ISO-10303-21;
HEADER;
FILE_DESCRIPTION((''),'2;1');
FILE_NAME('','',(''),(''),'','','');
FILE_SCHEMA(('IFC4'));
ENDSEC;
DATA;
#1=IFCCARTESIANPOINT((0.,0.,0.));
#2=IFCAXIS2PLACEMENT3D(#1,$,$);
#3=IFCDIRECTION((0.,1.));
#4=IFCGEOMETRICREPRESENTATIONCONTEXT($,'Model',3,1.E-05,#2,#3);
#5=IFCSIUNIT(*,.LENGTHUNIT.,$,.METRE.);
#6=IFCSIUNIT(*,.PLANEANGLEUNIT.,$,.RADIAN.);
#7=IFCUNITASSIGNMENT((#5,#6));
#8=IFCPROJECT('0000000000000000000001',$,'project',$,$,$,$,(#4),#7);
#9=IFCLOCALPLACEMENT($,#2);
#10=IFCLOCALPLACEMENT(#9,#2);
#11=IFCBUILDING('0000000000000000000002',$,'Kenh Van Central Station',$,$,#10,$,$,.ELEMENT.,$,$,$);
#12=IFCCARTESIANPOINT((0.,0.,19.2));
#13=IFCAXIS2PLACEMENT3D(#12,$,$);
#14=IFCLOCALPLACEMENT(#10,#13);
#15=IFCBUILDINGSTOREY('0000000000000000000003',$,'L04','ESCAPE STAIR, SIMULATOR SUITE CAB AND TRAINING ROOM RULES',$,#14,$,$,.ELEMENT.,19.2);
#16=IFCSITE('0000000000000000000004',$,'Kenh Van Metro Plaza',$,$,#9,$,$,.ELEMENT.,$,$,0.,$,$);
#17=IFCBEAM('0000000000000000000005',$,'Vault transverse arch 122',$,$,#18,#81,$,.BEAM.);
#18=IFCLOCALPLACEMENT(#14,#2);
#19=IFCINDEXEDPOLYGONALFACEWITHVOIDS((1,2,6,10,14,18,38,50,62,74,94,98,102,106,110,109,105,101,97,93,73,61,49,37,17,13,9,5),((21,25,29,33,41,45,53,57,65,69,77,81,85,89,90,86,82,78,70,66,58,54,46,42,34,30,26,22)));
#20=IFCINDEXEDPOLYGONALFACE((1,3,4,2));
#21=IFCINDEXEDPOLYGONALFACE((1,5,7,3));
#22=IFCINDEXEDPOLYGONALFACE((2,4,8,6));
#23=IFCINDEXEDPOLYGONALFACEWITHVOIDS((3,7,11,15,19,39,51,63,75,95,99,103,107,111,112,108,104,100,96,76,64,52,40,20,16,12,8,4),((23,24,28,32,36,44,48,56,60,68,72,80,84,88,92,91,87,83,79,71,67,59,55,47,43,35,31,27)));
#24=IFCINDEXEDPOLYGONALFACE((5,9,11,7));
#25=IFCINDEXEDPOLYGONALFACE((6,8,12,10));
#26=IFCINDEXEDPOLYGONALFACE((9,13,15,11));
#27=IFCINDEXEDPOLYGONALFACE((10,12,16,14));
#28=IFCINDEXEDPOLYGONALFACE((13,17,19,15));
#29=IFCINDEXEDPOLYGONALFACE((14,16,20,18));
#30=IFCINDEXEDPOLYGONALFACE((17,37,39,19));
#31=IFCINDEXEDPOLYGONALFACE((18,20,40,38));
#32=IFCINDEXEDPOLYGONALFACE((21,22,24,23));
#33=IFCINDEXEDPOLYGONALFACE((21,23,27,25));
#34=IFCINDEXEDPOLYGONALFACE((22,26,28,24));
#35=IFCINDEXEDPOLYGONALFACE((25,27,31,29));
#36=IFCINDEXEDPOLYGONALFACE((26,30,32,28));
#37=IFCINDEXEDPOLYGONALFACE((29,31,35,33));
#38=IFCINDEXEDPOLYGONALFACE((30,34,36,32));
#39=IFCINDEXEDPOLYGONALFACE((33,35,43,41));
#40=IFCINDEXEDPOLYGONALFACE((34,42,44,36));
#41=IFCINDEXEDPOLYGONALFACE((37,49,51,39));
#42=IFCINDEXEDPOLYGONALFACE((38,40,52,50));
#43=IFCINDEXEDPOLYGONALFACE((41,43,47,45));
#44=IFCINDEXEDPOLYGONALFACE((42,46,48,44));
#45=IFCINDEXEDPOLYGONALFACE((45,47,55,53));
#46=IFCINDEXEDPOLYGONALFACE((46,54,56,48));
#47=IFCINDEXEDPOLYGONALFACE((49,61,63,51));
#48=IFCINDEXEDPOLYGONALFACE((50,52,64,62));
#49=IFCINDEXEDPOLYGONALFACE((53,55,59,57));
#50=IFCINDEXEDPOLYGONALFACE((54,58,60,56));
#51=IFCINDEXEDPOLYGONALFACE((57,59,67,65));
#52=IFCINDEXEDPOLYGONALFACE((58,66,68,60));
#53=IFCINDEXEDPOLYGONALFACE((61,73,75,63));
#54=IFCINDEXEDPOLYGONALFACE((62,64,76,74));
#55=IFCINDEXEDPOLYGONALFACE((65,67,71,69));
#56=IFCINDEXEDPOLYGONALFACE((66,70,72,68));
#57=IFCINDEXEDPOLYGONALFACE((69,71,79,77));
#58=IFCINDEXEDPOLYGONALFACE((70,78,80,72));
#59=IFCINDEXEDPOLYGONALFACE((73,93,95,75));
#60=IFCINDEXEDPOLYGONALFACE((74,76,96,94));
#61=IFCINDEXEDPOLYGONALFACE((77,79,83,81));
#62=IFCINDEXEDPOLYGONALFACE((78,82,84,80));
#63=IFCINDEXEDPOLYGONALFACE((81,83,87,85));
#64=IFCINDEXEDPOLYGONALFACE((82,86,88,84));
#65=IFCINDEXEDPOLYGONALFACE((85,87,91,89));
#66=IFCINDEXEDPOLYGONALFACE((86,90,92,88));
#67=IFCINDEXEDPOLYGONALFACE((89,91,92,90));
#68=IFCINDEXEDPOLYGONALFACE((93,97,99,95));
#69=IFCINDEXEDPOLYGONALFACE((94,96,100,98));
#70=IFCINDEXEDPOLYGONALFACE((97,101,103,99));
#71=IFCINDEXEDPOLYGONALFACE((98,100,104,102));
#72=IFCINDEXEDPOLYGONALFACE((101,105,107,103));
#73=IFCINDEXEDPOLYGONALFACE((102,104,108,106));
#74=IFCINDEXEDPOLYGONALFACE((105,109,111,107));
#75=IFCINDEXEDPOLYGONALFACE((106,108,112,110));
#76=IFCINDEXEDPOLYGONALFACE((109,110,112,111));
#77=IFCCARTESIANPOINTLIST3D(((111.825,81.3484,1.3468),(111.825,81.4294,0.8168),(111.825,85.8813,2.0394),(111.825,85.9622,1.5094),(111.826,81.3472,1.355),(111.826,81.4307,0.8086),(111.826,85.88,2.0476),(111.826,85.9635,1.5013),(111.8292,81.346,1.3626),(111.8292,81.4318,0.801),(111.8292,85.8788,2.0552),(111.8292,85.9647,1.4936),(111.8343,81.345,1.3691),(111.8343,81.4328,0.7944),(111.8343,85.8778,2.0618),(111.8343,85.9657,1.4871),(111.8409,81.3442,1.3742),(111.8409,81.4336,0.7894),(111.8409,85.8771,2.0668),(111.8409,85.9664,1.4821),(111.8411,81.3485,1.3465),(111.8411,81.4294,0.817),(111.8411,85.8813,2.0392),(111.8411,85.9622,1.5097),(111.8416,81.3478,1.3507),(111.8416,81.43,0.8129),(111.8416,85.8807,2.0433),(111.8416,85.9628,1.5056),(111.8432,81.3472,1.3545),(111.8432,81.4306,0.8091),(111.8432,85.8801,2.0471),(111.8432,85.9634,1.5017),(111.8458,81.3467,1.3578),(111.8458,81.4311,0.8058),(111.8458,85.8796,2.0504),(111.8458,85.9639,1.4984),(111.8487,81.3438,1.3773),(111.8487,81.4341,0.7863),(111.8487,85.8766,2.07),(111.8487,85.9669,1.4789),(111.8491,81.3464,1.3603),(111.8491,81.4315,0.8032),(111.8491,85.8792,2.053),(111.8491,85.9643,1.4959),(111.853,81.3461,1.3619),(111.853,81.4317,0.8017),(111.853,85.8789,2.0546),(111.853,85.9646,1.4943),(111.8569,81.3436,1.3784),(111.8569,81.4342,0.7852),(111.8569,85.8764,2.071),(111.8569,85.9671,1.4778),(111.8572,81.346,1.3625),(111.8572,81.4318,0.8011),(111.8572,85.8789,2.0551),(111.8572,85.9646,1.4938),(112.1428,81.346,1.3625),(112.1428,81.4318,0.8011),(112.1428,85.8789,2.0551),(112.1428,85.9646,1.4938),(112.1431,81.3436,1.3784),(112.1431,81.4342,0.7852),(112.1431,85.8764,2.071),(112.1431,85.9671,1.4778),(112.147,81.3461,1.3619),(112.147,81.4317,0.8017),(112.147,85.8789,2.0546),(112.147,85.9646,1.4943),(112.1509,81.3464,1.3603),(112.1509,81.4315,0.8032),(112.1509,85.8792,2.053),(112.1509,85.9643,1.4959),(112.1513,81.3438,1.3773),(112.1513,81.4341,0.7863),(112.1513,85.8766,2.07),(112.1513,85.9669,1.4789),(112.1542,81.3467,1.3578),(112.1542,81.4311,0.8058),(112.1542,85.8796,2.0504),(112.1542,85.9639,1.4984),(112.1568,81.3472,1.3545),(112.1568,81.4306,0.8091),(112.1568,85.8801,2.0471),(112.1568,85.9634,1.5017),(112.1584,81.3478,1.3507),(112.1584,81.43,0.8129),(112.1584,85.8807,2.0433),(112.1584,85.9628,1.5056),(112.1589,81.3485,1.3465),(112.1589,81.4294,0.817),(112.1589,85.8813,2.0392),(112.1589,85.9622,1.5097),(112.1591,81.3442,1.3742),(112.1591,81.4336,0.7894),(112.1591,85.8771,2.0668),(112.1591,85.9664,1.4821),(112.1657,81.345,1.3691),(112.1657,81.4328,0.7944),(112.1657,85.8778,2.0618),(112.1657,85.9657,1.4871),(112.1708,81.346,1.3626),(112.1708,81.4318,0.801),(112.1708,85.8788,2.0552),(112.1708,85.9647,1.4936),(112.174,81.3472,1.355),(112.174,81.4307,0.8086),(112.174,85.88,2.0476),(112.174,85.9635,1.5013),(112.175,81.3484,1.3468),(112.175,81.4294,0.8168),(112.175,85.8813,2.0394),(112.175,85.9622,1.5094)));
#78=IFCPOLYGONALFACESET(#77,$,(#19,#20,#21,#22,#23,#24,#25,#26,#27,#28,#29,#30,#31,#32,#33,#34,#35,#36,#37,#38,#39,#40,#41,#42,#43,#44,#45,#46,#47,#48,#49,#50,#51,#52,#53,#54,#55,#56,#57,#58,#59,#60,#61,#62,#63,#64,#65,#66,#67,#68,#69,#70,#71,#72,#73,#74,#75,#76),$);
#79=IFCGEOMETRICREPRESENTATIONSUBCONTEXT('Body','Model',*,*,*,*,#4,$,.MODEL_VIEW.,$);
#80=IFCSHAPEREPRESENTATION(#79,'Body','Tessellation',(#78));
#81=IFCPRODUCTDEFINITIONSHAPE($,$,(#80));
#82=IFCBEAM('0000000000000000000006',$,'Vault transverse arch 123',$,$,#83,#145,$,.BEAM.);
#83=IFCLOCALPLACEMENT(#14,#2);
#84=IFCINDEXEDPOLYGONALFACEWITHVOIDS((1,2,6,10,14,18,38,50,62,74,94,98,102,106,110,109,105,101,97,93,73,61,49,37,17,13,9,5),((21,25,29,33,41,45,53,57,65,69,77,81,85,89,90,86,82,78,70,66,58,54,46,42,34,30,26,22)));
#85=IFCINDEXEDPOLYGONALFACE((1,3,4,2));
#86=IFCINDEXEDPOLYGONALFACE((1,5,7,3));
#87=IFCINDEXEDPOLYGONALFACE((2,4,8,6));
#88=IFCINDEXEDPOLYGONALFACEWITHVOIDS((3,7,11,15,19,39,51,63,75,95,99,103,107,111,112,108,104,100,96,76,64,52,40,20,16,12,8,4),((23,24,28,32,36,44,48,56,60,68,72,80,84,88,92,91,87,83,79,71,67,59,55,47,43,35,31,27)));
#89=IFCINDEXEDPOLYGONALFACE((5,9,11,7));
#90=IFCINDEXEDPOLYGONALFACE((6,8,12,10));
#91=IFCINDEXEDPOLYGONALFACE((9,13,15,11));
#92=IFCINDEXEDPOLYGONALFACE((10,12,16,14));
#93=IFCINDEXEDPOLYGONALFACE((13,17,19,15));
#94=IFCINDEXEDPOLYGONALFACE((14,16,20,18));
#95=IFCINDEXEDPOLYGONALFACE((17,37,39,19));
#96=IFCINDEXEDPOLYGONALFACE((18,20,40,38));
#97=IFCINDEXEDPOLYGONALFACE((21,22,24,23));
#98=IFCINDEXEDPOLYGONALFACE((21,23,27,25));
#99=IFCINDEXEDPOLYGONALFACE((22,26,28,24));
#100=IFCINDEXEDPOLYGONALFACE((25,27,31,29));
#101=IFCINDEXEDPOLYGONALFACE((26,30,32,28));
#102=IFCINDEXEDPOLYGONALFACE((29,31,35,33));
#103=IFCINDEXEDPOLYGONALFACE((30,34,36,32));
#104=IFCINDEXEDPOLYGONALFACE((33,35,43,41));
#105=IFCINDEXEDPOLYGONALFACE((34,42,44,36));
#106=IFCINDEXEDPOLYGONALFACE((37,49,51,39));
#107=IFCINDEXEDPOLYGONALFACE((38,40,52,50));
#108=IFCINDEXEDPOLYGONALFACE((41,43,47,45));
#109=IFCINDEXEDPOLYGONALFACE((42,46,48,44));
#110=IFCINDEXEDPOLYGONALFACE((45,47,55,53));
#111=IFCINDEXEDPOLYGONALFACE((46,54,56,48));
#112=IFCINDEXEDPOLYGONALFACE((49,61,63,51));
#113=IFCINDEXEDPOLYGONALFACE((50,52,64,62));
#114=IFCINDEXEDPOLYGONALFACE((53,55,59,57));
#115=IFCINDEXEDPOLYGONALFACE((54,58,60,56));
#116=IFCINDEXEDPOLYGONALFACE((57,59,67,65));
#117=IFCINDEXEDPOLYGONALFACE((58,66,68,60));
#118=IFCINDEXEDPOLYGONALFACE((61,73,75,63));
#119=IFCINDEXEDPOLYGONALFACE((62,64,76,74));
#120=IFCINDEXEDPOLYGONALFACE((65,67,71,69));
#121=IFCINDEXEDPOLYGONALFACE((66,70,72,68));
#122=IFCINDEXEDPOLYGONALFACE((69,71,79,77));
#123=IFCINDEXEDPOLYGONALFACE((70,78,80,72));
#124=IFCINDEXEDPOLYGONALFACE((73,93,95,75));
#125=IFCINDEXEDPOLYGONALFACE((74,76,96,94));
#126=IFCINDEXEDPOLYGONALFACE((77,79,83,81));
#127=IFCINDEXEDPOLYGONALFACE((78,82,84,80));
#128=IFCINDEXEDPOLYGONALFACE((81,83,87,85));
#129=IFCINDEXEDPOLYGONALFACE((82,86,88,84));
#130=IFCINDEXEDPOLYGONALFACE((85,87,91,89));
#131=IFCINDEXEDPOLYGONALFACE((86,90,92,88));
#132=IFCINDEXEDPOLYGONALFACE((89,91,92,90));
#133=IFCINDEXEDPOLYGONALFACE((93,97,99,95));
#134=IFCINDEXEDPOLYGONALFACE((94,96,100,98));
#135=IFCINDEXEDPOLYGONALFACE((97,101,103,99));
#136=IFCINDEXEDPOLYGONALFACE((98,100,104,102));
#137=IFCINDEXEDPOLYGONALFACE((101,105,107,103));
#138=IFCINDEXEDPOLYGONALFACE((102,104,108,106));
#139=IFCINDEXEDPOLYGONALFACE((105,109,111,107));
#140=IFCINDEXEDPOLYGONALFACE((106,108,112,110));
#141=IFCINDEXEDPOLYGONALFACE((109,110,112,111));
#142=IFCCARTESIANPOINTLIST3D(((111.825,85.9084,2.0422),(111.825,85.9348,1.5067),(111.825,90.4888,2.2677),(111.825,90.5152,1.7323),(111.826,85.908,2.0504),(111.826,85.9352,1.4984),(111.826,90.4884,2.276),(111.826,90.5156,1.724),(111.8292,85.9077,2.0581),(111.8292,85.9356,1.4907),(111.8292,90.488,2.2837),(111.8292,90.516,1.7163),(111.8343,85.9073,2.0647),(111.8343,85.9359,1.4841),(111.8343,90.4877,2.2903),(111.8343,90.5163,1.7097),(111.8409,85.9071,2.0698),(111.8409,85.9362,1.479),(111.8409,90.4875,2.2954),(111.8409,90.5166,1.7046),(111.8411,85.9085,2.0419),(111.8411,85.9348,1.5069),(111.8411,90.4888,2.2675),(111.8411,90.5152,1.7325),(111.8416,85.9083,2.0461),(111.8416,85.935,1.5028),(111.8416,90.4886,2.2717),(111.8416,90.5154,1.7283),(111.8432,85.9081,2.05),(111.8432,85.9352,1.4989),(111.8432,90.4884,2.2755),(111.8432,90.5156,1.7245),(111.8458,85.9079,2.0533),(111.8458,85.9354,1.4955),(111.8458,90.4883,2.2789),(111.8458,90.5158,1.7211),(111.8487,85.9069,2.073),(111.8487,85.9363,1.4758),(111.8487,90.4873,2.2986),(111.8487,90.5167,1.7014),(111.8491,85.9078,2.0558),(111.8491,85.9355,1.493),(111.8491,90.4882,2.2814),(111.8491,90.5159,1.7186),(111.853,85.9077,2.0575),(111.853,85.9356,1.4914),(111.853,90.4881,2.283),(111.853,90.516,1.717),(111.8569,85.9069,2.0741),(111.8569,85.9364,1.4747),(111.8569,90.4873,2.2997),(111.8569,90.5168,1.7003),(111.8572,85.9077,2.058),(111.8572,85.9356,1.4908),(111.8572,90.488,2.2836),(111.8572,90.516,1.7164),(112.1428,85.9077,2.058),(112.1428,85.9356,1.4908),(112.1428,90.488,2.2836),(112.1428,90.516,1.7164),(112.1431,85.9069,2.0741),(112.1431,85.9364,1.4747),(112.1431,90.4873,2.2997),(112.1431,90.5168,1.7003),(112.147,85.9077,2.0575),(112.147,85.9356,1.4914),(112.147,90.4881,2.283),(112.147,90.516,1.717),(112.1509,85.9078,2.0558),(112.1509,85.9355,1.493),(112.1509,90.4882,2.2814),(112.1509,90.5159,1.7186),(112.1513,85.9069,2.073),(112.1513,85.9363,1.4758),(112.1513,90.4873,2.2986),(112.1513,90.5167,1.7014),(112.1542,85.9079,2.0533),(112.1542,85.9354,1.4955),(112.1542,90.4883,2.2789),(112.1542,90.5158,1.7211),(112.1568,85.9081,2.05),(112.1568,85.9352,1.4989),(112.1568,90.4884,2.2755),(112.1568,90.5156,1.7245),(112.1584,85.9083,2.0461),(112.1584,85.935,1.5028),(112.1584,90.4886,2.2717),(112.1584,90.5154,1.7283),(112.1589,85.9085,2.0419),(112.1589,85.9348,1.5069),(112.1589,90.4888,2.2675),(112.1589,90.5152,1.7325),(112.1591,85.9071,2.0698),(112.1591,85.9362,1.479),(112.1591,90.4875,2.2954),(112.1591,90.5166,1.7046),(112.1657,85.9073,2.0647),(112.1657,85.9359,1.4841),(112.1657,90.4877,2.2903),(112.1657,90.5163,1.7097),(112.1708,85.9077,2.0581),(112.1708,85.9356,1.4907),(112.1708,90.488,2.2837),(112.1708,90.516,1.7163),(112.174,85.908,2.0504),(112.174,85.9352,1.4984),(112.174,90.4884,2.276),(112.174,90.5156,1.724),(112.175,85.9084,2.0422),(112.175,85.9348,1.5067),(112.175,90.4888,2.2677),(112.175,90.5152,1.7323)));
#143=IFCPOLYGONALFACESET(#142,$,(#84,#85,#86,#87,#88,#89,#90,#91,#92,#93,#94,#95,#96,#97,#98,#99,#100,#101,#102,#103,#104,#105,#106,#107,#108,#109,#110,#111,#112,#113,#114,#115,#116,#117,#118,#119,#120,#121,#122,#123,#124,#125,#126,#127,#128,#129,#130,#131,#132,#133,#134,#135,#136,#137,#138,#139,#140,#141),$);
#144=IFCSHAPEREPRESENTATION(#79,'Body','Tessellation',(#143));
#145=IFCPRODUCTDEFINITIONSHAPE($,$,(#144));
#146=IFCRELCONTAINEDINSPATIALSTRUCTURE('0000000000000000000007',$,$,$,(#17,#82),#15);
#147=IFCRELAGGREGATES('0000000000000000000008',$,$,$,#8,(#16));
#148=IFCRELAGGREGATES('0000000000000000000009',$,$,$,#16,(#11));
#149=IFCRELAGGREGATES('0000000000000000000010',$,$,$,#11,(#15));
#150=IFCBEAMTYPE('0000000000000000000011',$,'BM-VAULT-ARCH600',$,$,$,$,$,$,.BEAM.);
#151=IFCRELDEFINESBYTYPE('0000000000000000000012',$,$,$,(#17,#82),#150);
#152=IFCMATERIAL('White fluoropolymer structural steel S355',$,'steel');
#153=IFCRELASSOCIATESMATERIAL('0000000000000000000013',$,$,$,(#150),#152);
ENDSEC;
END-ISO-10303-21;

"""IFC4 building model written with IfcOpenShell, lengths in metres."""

from ifc_helpers import new_model, si_unit, direction, frame, origin, origin_2d, place, context, subcontext, project, spatial, hollow_rectangle, extrude, material, material_profile, profile_set, type_object, element, save


model = new_model("IFC4")

# Units and contexts
model_context = context("Model", 3, precision=1e-05, world=origin(), true_north=direction((0.0, 1.0)))
body_context = subcontext(model_context, "Body", "Model", "MODEL_VIEW")
ifc_project = project(units=[si_unit("LENGTHUNIT", "METRE"), si_unit("PLANEANGLEUNIT", "RADIAN")], contexts=[model_context])

# Site, building, storey
site_placement = place(None, origin())
site = spatial("IfcSite", under=ifc_project, at=site_placement, Name="Kenh Van Metro Plaza", CompositionType="ELEMENT", RefElevation=0.0)
building_placement = place(site_placement, origin())
building = spatial("IfcBuilding", under=site, at=building_placement, Name="Kenh Van Central Station", CompositionType="ELEMENT")
storey_placement = place(building_placement, frame((0.0, 0.0, 19.2)))
storey = spatial("IfcBuildingStorey", under=building, at=storey_placement, Name="L04", Description="ESCAPE STAIR, SIMULATOR SUITE CAB AND TRAINING ROOM RULES", CompositionType="ELEMENT", Elevation=19.2)

# Beams
ifc_material_1 = material(Name="White fluoropolymer structural steel S355", Category="steel")
ifc_material_profile_1 = material_profile(ifc_material_1, hollow_rectangle(XDim=0.3501, YDim=0.6001, WallThickness=0.0161, InnerFilletRadius=0.0161, OuterFilletRadius=0.032, at=origin_2d()), Name="RHS 600x350x16")
ifc_profile_set_1 = profile_set([ifc_material_profile_1], Name="White fluoropolymer structural steel S355")
beam_type_1 = type_object("IfcBeamType", Name="BM-VAULT-ARCH600", PredefinedType="BEAM", material=ifc_profile_set_1)
beam_1_placement = place(storey_placement, frame((112.0, 81.3889, 1.0818), z_axis=(0.0, 0.988526, 0.151053), x_axis=(-1.0, 0.0, 0.0)))
element("IfcBeam", 1, at=beam_1_placement, inside=storey, type_object=beam_type_1, Name="Vault transverse arch 122", PredefinedType="BEAM", context=body_context, shape_type="SweptSolid", body=[
    extrude(hollow_rectangle(XDim=0.3501, YDim=0.6001, WallThickness=0.0161, InnerFilletRadius=0.0161, OuterFilletRadius=0.032, at=origin_2d()), origin(), (0.0, 0.0, 1.0), 4.5854),
])
beam_2_placement = place(storey_placement, frame((112.0, 85.9216, 1.7744), z_axis=(0.0, 0.998789, 0.049191), x_axis=(-1.0, 0.0, 0.0)))
element("IfcBeam", 2, at=beam_2_placement, inside=storey, type_object=beam_type_1, Name="Vault transverse arch 123", PredefinedType="BEAM", context=body_context, shape_type="SweptSolid", body=[
    extrude(hollow_rectangle(XDim=0.3501, YDim=0.6001, WallThickness=0.0161, InnerFilletRadius=0.0161, OuterFilletRadius=0.032, at=origin_2d()), origin(), (0.0, 0.0, 1.0), 4.5859),
])

save(model, "model.ifc")
